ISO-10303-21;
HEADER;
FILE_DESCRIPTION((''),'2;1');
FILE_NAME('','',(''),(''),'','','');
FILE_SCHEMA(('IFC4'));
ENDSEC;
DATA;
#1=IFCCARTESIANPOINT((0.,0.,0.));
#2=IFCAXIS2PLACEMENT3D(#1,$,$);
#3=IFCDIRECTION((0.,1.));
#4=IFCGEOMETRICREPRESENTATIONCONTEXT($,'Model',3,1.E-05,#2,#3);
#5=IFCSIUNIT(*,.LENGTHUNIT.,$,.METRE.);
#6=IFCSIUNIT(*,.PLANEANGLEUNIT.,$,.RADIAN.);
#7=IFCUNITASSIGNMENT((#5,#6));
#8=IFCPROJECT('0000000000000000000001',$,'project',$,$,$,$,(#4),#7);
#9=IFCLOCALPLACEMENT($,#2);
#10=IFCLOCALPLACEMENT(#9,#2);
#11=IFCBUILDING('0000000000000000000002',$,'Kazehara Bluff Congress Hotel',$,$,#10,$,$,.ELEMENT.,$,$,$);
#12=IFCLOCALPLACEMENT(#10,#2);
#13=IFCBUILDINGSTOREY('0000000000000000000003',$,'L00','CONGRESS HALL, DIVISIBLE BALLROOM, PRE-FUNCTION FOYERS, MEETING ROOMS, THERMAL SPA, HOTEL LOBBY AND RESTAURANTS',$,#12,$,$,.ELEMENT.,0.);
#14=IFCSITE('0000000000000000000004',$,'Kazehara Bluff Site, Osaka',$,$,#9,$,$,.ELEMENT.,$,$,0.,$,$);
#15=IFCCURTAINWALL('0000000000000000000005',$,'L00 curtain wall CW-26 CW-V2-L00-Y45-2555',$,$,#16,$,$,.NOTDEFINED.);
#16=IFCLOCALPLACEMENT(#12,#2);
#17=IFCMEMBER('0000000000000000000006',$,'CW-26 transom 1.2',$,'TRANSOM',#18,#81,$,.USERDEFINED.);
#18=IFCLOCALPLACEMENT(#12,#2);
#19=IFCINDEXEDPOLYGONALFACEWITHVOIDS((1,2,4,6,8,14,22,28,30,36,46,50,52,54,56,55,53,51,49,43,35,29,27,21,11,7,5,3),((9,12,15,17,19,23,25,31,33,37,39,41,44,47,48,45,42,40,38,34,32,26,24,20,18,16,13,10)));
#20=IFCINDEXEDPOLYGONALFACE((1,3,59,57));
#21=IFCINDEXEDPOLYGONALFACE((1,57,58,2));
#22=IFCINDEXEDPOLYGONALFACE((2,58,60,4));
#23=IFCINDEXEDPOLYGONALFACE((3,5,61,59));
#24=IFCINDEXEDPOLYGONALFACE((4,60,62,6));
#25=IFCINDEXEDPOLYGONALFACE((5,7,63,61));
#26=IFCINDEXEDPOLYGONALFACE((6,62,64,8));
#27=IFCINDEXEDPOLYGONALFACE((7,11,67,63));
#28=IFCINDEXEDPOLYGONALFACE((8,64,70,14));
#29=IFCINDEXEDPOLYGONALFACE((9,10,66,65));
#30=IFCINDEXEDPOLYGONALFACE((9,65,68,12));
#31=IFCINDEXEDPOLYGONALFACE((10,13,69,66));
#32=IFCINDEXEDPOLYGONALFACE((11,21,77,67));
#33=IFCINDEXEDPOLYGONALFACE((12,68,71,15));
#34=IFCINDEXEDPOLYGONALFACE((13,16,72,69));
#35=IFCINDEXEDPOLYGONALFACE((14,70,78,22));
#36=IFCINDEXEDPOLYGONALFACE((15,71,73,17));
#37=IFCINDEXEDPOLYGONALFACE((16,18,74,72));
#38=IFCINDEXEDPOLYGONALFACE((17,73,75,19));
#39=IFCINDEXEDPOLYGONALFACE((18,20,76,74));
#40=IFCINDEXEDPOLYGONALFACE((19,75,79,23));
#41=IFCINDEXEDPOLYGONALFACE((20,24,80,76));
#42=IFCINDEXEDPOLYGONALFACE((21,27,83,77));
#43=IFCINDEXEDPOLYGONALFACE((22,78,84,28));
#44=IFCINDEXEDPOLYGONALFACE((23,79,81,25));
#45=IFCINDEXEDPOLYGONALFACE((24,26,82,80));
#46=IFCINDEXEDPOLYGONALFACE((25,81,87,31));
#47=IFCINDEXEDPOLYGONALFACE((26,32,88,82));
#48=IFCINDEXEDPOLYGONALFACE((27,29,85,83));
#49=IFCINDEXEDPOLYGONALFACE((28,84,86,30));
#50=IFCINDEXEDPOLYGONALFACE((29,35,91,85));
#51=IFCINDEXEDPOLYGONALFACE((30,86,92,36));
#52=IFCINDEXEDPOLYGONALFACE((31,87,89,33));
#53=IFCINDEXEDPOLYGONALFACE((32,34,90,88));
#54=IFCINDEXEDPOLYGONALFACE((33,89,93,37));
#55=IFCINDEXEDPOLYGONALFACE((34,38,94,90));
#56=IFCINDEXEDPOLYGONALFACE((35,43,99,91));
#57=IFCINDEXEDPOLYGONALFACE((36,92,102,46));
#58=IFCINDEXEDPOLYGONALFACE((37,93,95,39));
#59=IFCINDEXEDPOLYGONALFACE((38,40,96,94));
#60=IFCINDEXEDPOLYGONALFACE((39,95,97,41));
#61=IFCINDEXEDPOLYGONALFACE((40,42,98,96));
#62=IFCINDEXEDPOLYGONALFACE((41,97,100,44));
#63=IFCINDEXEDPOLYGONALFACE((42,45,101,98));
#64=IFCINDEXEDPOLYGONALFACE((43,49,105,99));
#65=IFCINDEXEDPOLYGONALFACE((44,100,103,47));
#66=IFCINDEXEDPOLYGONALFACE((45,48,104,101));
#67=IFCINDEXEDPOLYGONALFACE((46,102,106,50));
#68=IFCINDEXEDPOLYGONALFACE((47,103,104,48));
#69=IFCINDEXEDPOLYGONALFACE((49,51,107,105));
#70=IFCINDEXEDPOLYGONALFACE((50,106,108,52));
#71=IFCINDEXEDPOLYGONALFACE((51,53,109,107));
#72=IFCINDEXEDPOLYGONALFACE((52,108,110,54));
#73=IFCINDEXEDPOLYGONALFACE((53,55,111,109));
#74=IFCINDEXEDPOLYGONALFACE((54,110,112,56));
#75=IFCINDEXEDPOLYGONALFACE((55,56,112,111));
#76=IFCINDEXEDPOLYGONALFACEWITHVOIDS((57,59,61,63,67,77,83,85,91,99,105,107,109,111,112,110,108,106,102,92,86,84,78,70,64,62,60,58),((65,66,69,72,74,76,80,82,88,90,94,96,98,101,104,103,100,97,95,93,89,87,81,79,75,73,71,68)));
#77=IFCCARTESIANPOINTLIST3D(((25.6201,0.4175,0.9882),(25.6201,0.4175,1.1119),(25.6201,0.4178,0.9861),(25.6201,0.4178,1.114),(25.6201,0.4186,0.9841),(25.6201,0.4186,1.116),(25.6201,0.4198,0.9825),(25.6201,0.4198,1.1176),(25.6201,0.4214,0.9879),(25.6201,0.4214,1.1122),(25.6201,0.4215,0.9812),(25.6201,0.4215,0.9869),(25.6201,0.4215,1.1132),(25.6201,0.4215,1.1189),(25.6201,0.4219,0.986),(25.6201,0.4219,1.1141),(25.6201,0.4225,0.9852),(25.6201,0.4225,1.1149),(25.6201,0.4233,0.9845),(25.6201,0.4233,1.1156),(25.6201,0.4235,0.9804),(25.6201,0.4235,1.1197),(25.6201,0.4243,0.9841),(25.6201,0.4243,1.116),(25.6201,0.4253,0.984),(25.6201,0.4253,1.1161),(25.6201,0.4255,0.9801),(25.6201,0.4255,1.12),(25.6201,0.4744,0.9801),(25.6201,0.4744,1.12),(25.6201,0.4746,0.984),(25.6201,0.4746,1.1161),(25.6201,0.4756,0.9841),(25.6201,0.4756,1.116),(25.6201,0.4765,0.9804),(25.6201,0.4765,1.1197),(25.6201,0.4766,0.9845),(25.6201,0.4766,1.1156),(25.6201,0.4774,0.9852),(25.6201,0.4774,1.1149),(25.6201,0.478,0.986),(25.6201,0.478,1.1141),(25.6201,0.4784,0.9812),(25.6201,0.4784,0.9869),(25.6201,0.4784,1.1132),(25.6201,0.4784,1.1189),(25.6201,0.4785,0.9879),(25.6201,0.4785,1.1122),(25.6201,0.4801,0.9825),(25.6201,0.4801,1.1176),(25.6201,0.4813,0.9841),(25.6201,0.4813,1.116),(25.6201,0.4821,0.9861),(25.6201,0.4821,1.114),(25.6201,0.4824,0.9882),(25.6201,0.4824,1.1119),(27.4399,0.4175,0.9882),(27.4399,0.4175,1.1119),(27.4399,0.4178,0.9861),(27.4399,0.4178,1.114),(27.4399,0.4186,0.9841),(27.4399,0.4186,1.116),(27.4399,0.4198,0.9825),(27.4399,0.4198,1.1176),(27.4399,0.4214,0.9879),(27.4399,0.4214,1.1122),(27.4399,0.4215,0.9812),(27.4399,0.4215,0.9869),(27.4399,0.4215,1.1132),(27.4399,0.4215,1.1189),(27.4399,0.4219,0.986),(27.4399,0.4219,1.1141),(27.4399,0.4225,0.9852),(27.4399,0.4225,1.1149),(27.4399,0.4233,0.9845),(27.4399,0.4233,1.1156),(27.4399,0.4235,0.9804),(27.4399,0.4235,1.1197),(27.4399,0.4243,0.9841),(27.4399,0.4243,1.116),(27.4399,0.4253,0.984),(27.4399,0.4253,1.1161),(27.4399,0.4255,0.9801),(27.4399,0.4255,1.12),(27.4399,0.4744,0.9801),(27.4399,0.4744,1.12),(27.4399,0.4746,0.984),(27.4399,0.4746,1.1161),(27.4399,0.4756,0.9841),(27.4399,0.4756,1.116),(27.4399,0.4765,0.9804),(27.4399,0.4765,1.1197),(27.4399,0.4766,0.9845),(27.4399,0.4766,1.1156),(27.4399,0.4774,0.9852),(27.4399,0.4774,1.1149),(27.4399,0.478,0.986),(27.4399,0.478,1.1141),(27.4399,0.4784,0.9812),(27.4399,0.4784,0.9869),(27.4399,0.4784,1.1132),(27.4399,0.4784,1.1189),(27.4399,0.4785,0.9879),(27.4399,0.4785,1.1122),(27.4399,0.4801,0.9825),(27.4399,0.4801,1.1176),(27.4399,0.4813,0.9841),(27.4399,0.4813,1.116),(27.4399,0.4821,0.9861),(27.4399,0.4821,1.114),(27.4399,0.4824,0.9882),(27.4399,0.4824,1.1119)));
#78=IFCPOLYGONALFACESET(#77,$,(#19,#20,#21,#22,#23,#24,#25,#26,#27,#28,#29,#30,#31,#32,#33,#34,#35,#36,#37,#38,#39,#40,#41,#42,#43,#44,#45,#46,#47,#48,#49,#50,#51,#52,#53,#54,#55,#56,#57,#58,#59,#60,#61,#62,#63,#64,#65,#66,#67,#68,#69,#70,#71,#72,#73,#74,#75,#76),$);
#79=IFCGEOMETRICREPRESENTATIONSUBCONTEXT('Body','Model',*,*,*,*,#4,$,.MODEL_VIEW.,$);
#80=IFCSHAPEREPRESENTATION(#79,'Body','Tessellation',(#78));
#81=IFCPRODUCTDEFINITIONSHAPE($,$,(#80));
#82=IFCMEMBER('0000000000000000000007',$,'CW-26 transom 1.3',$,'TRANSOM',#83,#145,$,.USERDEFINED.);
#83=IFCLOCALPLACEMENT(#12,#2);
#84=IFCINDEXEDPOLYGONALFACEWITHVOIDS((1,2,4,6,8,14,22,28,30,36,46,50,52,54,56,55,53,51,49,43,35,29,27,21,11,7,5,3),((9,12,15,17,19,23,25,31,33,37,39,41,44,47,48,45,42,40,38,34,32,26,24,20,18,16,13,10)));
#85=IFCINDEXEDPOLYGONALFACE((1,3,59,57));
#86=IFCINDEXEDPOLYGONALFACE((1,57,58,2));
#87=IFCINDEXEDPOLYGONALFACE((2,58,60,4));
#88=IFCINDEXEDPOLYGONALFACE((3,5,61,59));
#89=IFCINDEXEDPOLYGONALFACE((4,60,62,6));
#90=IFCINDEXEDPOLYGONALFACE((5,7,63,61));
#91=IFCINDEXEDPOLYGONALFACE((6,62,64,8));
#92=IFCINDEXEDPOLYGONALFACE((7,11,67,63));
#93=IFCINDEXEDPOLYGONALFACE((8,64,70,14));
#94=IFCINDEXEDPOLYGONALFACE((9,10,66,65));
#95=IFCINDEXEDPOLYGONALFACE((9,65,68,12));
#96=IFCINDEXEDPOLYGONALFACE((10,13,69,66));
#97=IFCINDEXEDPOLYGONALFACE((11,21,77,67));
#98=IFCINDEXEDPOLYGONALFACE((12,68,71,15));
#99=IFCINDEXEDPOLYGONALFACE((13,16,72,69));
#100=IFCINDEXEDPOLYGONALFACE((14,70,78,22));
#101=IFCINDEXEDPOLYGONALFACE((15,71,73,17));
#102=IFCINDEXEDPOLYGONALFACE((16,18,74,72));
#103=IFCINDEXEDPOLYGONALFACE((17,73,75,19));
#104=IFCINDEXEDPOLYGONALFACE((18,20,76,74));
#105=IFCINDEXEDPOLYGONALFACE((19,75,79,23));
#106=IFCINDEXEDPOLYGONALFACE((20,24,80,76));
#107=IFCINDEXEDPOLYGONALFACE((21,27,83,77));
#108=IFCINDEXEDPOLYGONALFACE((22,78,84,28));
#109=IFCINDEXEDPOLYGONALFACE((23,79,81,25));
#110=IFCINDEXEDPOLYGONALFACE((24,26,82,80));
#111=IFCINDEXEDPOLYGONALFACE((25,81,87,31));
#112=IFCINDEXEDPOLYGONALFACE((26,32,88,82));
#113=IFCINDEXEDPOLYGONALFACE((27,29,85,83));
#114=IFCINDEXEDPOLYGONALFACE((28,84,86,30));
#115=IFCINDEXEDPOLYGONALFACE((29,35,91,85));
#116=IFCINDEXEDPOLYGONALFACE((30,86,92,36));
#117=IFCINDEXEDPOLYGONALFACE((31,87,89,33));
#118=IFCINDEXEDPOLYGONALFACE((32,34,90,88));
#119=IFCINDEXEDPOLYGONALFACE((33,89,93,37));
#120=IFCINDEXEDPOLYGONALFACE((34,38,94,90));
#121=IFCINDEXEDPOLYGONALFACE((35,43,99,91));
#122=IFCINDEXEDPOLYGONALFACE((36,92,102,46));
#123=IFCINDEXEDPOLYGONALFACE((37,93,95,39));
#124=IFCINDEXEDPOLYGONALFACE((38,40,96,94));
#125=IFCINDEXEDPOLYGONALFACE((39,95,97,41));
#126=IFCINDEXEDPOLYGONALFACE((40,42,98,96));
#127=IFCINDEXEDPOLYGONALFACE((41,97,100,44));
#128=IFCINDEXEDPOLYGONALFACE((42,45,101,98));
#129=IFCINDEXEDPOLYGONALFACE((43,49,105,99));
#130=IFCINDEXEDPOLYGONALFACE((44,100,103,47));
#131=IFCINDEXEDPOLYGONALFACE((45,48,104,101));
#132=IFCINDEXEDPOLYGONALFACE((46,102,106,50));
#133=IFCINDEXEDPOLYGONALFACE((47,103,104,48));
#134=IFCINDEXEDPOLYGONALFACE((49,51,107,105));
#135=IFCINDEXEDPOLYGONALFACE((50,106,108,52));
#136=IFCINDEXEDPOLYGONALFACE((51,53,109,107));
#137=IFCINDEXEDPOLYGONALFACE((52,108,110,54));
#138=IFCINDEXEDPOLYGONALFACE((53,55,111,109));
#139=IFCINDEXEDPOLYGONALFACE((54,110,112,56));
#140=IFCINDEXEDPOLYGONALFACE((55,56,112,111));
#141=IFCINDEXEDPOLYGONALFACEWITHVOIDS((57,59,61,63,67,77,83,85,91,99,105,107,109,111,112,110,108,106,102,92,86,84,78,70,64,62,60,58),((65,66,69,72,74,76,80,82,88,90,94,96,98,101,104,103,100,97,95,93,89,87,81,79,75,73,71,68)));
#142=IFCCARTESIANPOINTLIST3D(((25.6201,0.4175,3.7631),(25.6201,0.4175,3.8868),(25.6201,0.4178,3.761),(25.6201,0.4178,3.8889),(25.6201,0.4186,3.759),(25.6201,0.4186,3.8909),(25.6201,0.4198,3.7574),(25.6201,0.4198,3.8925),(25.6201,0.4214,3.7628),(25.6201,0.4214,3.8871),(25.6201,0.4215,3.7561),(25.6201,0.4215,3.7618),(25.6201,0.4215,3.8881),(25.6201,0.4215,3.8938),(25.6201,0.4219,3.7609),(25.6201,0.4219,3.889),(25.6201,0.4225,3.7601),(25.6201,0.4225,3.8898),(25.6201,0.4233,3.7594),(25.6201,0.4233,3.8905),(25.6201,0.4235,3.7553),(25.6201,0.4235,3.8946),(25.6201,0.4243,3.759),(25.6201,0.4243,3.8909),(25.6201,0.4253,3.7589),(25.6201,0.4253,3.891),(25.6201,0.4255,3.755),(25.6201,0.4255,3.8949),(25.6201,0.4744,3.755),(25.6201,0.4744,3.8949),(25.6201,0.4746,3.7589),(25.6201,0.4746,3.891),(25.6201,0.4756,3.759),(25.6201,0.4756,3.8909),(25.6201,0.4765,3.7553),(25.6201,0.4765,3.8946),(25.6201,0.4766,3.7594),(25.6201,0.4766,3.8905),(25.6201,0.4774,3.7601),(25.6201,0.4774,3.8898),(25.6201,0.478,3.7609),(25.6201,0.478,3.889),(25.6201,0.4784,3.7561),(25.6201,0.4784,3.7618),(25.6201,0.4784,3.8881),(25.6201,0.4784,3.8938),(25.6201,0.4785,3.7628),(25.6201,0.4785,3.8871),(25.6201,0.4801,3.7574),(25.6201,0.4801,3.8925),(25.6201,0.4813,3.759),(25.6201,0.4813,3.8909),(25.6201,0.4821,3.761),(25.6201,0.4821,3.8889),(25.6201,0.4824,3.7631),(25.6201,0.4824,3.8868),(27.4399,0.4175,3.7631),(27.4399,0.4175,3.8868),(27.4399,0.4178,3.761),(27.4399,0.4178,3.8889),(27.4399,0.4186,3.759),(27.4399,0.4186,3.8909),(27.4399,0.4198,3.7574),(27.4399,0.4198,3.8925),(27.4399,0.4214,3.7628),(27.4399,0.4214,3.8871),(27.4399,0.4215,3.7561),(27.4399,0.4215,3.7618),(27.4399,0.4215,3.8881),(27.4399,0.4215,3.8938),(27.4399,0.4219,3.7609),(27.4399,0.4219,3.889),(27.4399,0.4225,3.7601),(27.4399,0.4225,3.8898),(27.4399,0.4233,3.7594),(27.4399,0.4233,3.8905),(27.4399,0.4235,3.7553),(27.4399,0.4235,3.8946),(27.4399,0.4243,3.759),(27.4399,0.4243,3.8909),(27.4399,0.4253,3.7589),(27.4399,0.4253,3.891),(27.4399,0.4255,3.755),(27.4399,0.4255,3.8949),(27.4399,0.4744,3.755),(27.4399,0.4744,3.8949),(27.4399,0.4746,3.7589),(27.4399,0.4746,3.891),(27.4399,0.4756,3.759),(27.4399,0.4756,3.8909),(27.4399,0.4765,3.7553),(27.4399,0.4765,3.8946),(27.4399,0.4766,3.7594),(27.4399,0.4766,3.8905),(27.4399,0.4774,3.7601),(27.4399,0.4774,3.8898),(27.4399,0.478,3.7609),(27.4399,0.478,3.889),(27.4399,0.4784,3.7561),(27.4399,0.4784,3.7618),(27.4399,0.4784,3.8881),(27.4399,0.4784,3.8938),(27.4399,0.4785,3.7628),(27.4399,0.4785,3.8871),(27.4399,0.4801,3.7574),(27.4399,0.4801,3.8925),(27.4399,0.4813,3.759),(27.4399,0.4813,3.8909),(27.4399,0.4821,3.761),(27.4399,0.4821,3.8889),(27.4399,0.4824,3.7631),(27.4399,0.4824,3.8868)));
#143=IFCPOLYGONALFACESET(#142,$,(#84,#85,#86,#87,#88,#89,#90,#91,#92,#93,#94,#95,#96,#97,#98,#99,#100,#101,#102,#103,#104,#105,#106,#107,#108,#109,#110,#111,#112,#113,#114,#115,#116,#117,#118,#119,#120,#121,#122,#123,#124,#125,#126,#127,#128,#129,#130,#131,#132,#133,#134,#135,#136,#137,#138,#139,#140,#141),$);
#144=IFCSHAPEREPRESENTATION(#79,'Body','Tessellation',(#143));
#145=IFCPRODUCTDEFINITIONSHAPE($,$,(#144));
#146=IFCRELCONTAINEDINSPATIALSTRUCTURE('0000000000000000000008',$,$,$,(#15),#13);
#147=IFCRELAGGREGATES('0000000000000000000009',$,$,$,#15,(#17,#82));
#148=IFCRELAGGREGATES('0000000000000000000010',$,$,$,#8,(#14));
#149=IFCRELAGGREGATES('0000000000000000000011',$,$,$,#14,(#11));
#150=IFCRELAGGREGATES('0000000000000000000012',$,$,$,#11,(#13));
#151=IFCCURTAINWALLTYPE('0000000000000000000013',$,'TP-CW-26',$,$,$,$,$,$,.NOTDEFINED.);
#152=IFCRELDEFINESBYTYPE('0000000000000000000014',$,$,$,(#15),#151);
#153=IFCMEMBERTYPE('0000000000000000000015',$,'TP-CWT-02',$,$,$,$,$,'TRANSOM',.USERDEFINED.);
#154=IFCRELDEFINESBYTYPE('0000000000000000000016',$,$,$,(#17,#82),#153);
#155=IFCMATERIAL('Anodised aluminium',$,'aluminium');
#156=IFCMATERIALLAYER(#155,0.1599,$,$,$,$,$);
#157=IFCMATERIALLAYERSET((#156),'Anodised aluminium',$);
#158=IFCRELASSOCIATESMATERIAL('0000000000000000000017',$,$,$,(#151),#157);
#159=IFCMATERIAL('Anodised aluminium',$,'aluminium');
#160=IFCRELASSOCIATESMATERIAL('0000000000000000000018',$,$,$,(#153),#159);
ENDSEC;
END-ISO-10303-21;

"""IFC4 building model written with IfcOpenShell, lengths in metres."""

from ifc_helpers import new_model, si_unit, direction, frame, origin, origin_2d, place, context, subcontext, project, spatial, hollow_rectangle, extrude, material, layer, layer_set, material_profile, profile_set, type_object, element, aggregate, save


model = new_model("IFC4")

# Units and contexts
model_context = context("Model", 3, precision=1e-05, world=origin(), true_north=direction((0.0, 1.0)))
body_context = subcontext(model_context, "Body", "Model", "MODEL_VIEW")
ifc_project = project(units=[si_unit("LENGTHUNIT", "METRE"), si_unit("PLANEANGLEUNIT", "RADIAN")], contexts=[model_context])

# Site, building, storey
site_placement = place(None, origin())
site = spatial("IfcSite", under=ifc_project, at=site_placement, Name="Kazehara Bluff Site, Osaka", CompositionType="ELEMENT", RefElevation=0.0)
building_placement = place(site_placement, origin())
building = spatial("IfcBuilding", under=site, at=building_placement, Name="Kazehara Bluff Congress Hotel", CompositionType="ELEMENT")
storey_placement = place(building_placement, origin())
storey = spatial("IfcBuildingStorey", under=building, at=storey_placement, Name="L00", Description="CONGRESS HALL, DIVISIBLE BALLROOM, PRE-FUNCTION FOYERS, MEETING ROOMS, THERMAL SPA, HOTEL LOBBY AND RESTAURANTS", CompositionType="ELEMENT", Elevation=0.0)

# Curtain wall, members
ifc_material_1 = material(Name="Anodised aluminium", Category="aluminium")
ifc_layer_1 = layer(ifc_material_1, 0.1599)
ifc_layer_set_1 = layer_set([ifc_layer_1], Name="Anodised aluminium")
curtain_wall_type = type_object("IfcCurtainWallType", Name="TP-CW-26", PredefinedType="NOTDEFINED", material=ifc_layer_set_1)
curtain_wall_placement = place(storey_placement, origin())
curtain_wall = element("IfcCurtainWall", 1, at=curtain_wall_placement, inside=storey, type_object=curtain_wall_type, Name="L00 curtain wall CW-26 CW-V2-L00-Y45-2555", PredefinedType="NOTDEFINED")
ifc_material_2 = material(Name="Anodised aluminium", Category="aluminium")
ifc_material_profile_1 = material_profile(ifc_material_2, hollow_rectangle(XDim=0.0649, YDim=0.1399, WallThickness=0.0039, InnerFilletRadius=0.0039, OuterFilletRadius=0.0081, at=origin_2d()))
ifc_profile_set_1 = profile_set([ifc_material_profile_1], Name="Anodised aluminium")
member_type_1 = type_object("IfcMemberType", Name="TP-CWT-02", ElementType="TRANSOM", PredefinedType="USERDEFINED", material=ifc_profile_set_1)
member_1_placement = place(storey_placement, frame((25.6201, 0.45, 1.05), z_axis=(1.0, 0.0, 0.0), x_axis=(0.0, 1.0, 0.0)))
member_1 = element("IfcMember", 2, at=member_1_placement, type_object=member_type_1, Name="CW-26 transom 1.2", ObjectType="TRANSOM", PredefinedType="USERDEFINED", context=body_context, shape_type="SweptSolid", body=[
    extrude(hollow_rectangle(XDim=0.0649, YDim=0.1399, WallThickness=0.0039, InnerFilletRadius=0.0039, OuterFilletRadius=0.0081, at=origin_2d()), origin(), (0.0, 0.0, 1.0), 1.8198),
])
member_2_placement = place(storey_placement, frame((25.6201, 0.45, 3.825), z_axis=(1.0, 0.0, 0.0), x_axis=(0.0, 1.0, 0.0)))
member_2 = element("IfcMember", 3, at=member_2_placement, type_object=member_type_1, Name="CW-26 transom 1.3", ObjectType="TRANSOM", PredefinedType="USERDEFINED", context=body_context, shape_type="SweptSolid", body=[
    extrude(hollow_rectangle(XDim=0.0649, YDim=0.1399, WallThickness=0.0039, InnerFilletRadius=0.0039, OuterFilletRadius=0.0081, at=origin_2d()), origin(), (0.0, 0.0, 1.0), 1.8198),
])
aggregate(curtain_wall, [member_1, member_2])

save(model, "model.ifc")
